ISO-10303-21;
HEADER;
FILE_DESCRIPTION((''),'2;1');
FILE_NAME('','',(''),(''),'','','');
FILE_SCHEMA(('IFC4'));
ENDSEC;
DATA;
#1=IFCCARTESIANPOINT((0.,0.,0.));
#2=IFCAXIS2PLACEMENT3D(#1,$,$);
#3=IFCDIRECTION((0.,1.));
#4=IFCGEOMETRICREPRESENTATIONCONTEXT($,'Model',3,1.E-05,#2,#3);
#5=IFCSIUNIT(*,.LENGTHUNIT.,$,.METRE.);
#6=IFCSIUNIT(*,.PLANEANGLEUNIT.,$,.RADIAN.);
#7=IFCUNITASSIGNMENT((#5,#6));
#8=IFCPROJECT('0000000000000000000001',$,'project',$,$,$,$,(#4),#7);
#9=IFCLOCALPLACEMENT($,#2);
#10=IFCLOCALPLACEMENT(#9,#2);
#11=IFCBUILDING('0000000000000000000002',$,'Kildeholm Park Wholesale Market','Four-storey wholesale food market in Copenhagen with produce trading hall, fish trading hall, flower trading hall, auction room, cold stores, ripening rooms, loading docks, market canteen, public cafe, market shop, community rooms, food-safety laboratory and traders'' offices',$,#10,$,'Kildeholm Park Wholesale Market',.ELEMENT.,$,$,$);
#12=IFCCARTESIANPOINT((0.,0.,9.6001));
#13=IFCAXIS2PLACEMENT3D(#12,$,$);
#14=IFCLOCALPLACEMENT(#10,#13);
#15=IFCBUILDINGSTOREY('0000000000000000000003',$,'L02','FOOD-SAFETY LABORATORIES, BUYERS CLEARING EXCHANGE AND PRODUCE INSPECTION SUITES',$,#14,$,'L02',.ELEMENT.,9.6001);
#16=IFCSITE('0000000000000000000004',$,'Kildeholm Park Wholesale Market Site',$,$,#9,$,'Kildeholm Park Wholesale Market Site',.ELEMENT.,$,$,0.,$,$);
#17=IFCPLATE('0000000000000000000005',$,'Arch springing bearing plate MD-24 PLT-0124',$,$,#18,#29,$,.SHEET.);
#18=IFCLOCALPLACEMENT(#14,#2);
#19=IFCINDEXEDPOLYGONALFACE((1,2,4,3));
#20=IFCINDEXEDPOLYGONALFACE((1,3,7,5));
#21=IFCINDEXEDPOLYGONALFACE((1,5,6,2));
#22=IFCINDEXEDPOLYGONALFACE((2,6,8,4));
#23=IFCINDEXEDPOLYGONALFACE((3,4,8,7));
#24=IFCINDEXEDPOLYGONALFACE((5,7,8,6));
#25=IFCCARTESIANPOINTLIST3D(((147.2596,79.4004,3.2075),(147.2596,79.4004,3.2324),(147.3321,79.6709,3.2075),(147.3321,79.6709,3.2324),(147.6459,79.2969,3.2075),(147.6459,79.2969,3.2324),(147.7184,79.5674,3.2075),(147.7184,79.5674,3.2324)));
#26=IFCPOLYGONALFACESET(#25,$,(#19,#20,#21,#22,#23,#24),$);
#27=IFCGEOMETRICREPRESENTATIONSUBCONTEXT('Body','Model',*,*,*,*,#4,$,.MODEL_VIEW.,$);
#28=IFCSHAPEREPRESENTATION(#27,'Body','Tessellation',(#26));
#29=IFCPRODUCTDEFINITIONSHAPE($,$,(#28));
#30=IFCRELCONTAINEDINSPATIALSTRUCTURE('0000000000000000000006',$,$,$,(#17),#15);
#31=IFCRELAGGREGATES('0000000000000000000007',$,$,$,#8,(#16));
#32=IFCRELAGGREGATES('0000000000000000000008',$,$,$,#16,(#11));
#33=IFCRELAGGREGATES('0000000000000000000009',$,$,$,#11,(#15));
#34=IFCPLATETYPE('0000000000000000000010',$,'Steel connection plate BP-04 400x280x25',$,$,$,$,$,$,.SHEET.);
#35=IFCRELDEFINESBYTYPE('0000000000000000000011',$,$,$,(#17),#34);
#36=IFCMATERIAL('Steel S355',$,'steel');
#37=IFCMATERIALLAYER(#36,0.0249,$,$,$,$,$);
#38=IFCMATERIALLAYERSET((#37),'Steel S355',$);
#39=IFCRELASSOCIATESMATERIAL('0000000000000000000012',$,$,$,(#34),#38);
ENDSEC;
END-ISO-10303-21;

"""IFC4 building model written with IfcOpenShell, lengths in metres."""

from ifc_helpers import new_model, si_unit, direction, frame, origin, origin_2d, place, context, subcontext, project, spatial, rectangle, extrude, material, layer, layer_set, type_object, element, save


model = new_model("IFC4")

# Units and contexts
model_context = context("Model", 3, precision=1e-05, world=origin(), true_north=direction((0.0, 1.0)))
body_context = subcontext(model_context, "Body", "Model", "MODEL_VIEW")
ifc_project = project(units=[si_unit("LENGTHUNIT", "METRE"), si_unit("PLANEANGLEUNIT", "RADIAN")], contexts=[model_context])

# Site, building, storey
site_placement = place(None, origin())
site = spatial("IfcSite", under=ifc_project, at=site_placement, Name="Kildeholm Park Wholesale Market Site", LongName="Kildeholm Park Wholesale Market Site", CompositionType="ELEMENT", RefElevation=0.0)
building_placement = place(site_placement, origin())
building = spatial("IfcBuilding", under=site, at=building_placement, Name="Kildeholm Park Wholesale Market", Description="Four-storey wholesale food market in Copenhagen with produce trading hall, fish trading hall, flower trading hall, auction room, cold stores, ripening rooms, loading docks, market canteen, public cafe, market shop, community rooms, food-safety laboratory and traders' offices", LongName="Kildeholm Park Wholesale Market", CompositionType="ELEMENT")
storey_placement = place(building_placement, frame((0.0, 0.0, 9.6001)))
storey = spatial("IfcBuildingStorey", under=building, at=storey_placement, Name="L02", Description="FOOD-SAFETY LABORATORIES, BUYERS CLEARING EXCHANGE AND PRODUCE INSPECTION SUITES", LongName="L02", CompositionType="ELEMENT", Elevation=9.6001)

# Shared definitions
ifc_material_1 = material(Name="Steel S355", Category="steel")

# Plate
ifc_layer_1 = layer(ifc_material_1, 0.0249)
ifc_layer_set_1 = layer_set([ifc_layer_1], Name="Steel S355")
plate_type_1 = type_object("IfcPlateType", Name="Steel connection plate BP-04 400x280x25", PredefinedType="SHEET", material=ifc_layer_set_1)
plate_1_placement = place(storey_placement, frame((147.489, 79.4839, 3.2075), z_axis=(0.0, 0.0, 1.0), x_axis=(0.965926, -0.258819, 0.0)))
element("IfcPlate", 1, at=plate_1_placement, inside=storey, type_object=plate_type_1, Name="Arch springing bearing plate MD-24 PLT-0124", PredefinedType="SHEET", context=body_context, shape_type="SweptSolid", body=[
    extrude(rectangle(XDim=0.3999, YDim=0.28, at=origin_2d()), origin(), (0.0, 0.0, 1.0), 0.0249),
])

save(model, "model.ifc")
